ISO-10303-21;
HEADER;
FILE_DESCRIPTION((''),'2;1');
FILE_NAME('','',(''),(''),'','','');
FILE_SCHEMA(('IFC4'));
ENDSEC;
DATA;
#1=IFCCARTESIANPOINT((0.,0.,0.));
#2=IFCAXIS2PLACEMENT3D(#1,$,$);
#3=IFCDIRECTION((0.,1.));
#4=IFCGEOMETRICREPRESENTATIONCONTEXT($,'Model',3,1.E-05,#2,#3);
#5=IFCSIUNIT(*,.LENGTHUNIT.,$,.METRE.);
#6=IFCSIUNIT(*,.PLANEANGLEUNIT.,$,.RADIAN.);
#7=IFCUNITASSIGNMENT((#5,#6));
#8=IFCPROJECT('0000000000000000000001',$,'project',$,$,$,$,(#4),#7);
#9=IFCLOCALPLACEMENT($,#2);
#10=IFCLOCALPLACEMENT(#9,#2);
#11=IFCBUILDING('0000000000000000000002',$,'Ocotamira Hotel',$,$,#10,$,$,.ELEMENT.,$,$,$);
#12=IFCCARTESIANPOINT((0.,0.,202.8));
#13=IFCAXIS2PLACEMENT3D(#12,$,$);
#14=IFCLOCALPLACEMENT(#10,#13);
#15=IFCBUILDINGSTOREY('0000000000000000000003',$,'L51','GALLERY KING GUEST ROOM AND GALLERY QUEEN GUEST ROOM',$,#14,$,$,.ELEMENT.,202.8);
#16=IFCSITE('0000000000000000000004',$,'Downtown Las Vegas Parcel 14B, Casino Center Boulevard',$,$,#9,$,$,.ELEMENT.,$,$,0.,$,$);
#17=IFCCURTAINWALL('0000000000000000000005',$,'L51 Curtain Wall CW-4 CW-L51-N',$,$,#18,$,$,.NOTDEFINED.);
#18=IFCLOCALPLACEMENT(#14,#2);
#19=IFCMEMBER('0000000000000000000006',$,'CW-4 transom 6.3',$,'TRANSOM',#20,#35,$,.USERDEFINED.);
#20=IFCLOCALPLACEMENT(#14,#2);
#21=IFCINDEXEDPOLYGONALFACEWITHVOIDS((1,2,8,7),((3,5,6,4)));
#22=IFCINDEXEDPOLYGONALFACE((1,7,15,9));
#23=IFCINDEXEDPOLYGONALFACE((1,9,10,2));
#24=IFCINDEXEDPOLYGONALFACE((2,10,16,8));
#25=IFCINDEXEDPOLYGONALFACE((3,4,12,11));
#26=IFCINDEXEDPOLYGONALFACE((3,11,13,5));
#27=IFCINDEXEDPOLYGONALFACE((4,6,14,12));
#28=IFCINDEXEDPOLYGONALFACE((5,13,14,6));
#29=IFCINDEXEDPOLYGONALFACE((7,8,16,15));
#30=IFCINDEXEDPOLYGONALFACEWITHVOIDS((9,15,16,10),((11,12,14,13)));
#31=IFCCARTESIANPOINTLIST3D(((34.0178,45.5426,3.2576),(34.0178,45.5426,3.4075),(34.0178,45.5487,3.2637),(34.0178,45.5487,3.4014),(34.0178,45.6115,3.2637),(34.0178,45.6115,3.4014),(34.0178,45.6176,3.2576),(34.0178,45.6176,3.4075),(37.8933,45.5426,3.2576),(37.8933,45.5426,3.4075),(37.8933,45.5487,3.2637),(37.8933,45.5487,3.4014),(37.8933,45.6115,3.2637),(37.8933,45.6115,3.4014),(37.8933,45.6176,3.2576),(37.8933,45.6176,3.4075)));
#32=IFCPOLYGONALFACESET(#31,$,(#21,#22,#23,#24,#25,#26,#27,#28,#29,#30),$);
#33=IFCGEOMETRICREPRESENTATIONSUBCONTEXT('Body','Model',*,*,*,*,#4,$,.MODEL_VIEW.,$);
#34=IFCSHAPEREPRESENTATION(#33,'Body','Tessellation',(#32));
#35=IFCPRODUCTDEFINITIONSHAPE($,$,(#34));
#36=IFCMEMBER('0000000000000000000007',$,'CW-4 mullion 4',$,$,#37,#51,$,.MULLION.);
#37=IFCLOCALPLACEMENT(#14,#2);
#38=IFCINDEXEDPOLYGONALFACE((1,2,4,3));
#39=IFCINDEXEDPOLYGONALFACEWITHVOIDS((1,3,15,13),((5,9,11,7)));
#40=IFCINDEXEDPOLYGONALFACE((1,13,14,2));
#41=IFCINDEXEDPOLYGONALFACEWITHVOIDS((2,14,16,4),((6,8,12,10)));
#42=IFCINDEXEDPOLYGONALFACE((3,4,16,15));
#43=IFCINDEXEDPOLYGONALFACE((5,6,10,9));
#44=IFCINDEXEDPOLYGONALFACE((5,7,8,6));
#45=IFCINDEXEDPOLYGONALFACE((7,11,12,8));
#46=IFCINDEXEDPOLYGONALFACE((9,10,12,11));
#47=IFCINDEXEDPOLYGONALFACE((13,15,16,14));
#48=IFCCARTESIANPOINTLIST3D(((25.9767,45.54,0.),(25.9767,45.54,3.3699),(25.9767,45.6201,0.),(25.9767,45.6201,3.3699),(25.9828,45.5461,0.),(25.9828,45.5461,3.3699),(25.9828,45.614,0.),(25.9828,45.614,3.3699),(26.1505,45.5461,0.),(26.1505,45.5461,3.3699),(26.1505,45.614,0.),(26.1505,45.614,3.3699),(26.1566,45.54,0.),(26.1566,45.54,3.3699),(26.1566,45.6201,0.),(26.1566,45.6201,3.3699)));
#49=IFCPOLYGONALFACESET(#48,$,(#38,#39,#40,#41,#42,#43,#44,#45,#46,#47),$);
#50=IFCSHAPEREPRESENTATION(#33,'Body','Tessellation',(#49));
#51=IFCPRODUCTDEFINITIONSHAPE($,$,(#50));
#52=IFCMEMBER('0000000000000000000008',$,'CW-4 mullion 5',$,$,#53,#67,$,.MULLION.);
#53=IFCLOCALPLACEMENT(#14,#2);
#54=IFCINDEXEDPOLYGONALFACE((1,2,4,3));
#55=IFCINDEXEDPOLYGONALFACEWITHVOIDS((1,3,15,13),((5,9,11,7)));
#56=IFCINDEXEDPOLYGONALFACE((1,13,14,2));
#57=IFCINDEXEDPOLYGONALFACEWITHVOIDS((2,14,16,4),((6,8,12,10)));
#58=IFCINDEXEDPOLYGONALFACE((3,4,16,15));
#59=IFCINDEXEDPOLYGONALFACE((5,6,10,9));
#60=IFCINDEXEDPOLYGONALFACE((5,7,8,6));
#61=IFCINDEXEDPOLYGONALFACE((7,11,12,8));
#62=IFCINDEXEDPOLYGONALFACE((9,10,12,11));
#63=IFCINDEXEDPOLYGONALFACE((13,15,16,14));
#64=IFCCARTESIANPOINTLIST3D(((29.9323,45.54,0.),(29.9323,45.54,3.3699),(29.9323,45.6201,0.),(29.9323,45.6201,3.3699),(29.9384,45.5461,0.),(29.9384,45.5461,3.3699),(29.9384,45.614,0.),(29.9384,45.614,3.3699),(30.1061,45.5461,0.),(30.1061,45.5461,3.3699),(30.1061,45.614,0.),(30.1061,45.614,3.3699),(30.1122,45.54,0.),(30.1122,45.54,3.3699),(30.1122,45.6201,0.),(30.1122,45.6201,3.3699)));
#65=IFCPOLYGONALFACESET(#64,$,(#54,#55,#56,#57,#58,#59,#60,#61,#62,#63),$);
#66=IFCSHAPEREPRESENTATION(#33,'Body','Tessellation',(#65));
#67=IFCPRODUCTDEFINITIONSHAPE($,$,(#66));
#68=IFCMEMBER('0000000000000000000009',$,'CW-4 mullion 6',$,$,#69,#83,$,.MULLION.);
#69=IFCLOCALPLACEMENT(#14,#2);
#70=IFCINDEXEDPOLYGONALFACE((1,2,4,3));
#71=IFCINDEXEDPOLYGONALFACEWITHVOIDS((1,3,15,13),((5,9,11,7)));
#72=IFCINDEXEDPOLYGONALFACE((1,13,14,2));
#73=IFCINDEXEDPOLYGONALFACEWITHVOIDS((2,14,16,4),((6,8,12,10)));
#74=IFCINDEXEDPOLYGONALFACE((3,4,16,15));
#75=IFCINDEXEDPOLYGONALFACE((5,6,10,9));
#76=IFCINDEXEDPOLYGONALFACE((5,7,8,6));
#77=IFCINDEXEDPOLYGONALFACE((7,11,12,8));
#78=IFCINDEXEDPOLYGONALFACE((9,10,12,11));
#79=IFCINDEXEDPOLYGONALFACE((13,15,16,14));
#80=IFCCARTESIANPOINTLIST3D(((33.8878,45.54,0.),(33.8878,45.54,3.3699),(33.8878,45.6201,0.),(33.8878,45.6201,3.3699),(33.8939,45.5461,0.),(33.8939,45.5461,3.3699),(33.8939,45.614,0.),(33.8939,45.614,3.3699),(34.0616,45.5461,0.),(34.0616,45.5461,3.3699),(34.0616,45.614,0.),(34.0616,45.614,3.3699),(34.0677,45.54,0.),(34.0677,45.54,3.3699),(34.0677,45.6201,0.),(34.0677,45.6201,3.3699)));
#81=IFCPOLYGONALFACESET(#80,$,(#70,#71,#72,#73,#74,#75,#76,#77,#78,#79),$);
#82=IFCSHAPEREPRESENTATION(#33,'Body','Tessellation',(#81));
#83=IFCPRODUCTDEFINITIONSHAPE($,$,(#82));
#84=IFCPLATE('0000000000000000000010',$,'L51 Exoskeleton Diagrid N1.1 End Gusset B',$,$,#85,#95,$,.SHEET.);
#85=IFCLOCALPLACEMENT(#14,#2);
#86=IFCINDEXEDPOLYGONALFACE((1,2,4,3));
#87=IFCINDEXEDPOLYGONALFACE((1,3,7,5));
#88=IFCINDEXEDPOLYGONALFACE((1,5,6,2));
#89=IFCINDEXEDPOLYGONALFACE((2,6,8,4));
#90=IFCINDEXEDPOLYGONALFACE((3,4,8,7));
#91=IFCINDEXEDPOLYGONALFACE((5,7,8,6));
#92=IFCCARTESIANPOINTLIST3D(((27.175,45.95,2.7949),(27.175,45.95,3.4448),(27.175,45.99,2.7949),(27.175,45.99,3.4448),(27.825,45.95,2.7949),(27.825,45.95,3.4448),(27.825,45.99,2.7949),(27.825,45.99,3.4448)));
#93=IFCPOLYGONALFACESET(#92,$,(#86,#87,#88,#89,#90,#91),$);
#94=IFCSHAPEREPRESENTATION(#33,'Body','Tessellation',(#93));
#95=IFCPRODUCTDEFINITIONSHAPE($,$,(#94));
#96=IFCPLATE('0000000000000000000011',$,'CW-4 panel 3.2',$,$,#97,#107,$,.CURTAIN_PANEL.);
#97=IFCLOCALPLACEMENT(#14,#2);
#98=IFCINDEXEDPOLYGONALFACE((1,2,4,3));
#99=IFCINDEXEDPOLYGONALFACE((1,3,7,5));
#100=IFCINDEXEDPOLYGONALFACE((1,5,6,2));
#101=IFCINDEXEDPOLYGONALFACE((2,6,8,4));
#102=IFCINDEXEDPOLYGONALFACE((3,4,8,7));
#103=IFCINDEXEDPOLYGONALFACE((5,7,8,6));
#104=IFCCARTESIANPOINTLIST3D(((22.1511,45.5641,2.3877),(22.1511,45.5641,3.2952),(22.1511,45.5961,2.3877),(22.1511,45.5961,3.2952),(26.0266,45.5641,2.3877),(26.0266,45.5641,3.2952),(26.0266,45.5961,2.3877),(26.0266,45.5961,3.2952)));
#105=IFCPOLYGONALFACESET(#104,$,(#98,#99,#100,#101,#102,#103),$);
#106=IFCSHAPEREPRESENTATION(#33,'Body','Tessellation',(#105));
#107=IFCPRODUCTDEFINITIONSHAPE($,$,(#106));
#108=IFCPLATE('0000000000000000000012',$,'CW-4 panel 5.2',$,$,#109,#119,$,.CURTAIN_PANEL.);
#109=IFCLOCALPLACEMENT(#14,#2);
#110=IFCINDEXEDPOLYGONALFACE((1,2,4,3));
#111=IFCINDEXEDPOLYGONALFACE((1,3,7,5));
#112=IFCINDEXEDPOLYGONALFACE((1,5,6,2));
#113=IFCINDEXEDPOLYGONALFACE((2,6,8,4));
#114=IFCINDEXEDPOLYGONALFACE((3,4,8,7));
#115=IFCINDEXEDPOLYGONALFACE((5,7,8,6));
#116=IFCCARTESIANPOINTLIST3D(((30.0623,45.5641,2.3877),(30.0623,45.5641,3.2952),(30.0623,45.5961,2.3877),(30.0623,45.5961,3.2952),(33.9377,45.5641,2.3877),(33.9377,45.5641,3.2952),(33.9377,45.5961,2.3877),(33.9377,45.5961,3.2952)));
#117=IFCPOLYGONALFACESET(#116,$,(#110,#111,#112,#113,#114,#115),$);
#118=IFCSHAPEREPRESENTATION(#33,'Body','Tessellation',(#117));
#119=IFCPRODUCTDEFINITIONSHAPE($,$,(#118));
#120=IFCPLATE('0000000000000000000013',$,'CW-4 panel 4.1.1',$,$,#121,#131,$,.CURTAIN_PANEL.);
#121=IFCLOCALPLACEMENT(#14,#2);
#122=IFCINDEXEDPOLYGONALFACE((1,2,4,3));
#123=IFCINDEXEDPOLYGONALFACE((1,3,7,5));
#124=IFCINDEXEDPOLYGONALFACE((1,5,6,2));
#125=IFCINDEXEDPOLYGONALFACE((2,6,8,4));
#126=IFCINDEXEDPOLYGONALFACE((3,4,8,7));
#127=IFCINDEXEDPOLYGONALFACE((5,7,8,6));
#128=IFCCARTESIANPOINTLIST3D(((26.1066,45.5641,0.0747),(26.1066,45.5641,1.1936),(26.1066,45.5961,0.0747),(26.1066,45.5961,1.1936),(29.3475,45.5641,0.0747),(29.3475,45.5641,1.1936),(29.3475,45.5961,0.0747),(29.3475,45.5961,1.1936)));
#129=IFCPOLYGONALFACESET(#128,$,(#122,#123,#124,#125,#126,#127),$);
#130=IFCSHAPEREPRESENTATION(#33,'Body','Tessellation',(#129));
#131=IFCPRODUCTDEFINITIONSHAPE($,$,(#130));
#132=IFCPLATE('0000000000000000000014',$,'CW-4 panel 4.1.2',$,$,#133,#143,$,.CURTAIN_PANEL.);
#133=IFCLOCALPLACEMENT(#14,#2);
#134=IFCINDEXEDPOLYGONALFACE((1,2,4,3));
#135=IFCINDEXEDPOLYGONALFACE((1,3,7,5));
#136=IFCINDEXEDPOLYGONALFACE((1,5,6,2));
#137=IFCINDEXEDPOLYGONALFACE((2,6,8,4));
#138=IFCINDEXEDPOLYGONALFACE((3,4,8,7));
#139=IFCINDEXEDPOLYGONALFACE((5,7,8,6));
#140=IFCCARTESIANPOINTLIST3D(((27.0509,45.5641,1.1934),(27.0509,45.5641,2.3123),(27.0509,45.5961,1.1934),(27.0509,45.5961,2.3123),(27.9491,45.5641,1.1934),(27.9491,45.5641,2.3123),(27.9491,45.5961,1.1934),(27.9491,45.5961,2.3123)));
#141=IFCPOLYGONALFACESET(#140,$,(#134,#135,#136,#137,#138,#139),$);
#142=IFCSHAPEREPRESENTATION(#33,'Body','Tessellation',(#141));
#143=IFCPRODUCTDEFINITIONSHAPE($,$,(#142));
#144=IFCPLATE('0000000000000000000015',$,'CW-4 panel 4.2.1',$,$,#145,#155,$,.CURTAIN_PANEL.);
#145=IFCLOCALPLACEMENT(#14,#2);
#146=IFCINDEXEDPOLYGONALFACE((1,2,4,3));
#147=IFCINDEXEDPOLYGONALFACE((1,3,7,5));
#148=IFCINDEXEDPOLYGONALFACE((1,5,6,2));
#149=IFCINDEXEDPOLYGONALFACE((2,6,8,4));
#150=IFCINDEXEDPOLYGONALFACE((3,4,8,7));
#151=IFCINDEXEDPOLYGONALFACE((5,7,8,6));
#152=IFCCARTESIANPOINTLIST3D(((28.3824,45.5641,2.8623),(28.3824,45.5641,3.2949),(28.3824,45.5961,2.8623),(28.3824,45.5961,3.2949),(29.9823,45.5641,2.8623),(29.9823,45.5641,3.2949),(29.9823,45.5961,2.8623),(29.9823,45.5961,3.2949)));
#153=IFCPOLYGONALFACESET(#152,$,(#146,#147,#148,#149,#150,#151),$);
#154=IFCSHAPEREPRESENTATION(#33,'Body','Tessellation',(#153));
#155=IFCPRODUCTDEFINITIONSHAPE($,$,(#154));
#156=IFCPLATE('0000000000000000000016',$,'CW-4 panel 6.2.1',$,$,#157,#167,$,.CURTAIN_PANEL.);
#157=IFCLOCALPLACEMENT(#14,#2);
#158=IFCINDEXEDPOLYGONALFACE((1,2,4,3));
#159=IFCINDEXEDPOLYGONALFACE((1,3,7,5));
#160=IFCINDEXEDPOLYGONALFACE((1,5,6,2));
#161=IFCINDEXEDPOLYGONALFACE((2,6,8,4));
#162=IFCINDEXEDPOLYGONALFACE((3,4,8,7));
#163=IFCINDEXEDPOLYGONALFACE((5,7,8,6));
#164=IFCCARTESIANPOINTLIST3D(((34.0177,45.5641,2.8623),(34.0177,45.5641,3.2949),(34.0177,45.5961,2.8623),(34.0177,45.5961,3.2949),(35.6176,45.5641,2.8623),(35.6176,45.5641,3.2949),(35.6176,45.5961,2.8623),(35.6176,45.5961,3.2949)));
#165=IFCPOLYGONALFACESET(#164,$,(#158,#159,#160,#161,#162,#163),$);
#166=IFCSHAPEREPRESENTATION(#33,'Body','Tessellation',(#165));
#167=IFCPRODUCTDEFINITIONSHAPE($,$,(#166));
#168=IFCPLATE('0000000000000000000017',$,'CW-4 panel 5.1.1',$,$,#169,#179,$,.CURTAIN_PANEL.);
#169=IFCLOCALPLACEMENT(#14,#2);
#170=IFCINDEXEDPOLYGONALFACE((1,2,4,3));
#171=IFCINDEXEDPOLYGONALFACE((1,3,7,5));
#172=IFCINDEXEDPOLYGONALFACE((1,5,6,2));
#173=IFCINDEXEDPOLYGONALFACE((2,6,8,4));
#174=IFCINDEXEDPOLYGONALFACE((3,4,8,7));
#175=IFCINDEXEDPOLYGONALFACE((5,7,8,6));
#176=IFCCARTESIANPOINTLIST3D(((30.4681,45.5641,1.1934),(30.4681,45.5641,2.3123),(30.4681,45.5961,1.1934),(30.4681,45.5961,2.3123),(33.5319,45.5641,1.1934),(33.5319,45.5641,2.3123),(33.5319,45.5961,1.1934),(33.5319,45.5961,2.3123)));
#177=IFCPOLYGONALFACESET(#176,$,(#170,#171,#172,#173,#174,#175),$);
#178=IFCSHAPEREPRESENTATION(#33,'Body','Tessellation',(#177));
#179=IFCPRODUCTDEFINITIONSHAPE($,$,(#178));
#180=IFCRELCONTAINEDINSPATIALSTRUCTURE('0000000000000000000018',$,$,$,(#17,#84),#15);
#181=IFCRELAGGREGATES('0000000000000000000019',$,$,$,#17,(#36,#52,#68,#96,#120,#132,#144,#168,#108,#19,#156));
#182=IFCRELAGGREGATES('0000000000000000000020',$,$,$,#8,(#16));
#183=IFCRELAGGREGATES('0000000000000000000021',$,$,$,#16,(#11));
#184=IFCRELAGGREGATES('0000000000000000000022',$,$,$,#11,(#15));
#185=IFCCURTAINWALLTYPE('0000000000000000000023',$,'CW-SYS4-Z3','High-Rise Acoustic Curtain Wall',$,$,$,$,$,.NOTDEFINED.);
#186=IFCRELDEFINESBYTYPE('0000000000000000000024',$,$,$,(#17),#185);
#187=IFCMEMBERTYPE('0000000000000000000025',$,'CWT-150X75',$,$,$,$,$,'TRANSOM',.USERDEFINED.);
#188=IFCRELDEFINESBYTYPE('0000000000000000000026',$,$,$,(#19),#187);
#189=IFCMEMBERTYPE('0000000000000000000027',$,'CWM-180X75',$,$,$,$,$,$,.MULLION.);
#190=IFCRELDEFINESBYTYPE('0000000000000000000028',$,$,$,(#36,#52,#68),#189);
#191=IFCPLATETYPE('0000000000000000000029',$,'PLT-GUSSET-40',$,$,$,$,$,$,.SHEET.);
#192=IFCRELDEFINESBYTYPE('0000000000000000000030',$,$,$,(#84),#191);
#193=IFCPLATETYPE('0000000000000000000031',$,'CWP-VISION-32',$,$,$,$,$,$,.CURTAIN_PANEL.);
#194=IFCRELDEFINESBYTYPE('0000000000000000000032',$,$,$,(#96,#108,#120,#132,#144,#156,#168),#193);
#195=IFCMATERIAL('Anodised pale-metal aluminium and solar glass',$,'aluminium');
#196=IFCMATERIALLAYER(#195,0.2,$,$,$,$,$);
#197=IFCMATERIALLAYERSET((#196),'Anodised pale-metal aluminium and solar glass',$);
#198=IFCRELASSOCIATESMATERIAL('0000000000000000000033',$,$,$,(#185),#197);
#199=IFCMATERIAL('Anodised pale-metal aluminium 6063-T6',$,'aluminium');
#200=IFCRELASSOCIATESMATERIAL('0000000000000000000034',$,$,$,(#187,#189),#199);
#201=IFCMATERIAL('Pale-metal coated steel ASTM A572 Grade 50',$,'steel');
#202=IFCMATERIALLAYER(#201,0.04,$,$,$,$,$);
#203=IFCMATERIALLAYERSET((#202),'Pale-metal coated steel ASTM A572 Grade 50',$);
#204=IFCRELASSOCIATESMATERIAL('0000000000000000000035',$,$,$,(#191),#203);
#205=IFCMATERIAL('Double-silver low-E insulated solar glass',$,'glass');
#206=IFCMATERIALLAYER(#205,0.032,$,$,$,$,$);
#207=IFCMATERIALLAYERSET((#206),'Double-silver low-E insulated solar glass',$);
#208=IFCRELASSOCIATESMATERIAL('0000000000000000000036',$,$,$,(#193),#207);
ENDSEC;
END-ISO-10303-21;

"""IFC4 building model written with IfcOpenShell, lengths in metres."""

from ifc_helpers import new_model, si_unit, direction, frame, origin, origin_2d, place, context, subcontext, project, spatial, rectangle, hollow_rectangle, extrude, source, transform, mapped, material, layer, layer_set, material_profile, profile_set, type_object, element, aggregate, save


model = new_model("IFC4")

# Units and contexts
model_context = context("Model", 3, precision=1e-05, world=origin(), true_north=direction((0.0, 1.0)))
body_context = subcontext(model_context, "Body", "Model", "MODEL_VIEW")
ifc_project = project(units=[si_unit("LENGTHUNIT", "METRE"), si_unit("PLANEANGLEUNIT", "RADIAN")], contexts=[model_context])

# Site, building, storey
site_placement = place(None, origin())
site = spatial("IfcSite", under=ifc_project, at=site_placement, Name="Downtown Las Vegas Parcel 14B, Casino Center Boulevard", CompositionType="ELEMENT", RefElevation=0.0)
building_placement = place(site_placement, origin())
building = spatial("IfcBuilding", under=site, at=building_placement, Name="Ocotamira Hotel", CompositionType="ELEMENT")
storey_placement = place(building_placement, frame((0.0, 0.0, 202.8)))
storey = spatial("IfcBuildingStorey", under=building, at=storey_placement, Name="L51", Description="GALLERY KING GUEST ROOM AND GALLERY QUEEN GUEST ROOM", CompositionType="ELEMENT", Elevation=202.8)

# Curtain wall, members
ifc_material_1 = material(Name="Anodised pale-metal aluminium and solar glass", Category="aluminium")
ifc_layer_1 = layer(ifc_material_1, 0.2)
ifc_layer_set_1 = layer_set([ifc_layer_1], Name="Anodised pale-metal aluminium and solar glass")
curtain_wall_type = type_object("IfcCurtainWallType", Name="CW-SYS4-Z3", Description="High-Rise Acoustic Curtain Wall", PredefinedType="NOTDEFINED", material=ifc_layer_set_1)
curtain_wall_placement = place(storey_placement, origin())
curtain_wall = element("IfcCurtainWall", 1, at=curtain_wall_placement, inside=storey, type_object=curtain_wall_type, Name="L51 Curtain Wall CW-4 CW-L51-N", PredefinedType="NOTDEFINED")
ifc_material_2 = material(Name="Anodised pale-metal aluminium 6063-T6", Category="aluminium")
ifc_material_profile_1 = material_profile(ifc_material_2, hollow_rectangle(XDim=0.075, YDim=0.1499, WallThickness=0.0061, at=origin_2d()), Name="HSS150X75X6")
ifc_profile_set_1 = profile_set([ifc_material_profile_1], Name="Anodised pale-metal aluminium 6063-T6")
member_type_1 = type_object("IfcMemberType", Name="CWT-150X75", ElementType="TRANSOM", PredefinedType="USERDEFINED", material=ifc_profile_set_1)
shared_shape_1 = source(origin(), body_context, "Body", "SweptSolid", [
    extrude(hollow_rectangle(XDim=0.075, YDim=0.1499, WallThickness=0.0061, at=origin_2d()), origin(), (0.0, 0.0, 1.0), 3.8755),
])
member_1_placement = place(storey_placement, frame((34.0178, 45.5801, 3.3325), z_axis=(1.0, 0.0, 0.0), x_axis=(0.0, 1.0, 0.0)))
member_1 = element("IfcMember", 2, at=member_1_placement, type_object=member_type_1, Name="CW-4 transom 6.3", ObjectType="TRANSOM", PredefinedType="USERDEFINED", context=body_context, shape_type="MappedRepresentation", body=[
    mapped(shared_shape_1, transform((0.0, 0.0, 0.0), scale=1.0)),
])
ifc_material_profile_2 = material_profile(ifc_material_2, hollow_rectangle(XDim=0.0801, YDim=0.1799, WallThickness=0.0061, at=origin_2d()), Name="HSS180X80X6")
ifc_profile_set_2 = profile_set([ifc_material_profile_2], Name="Anodised pale-metal aluminium 6063-T6")
member_type_2 = type_object("IfcMemberType", Name="CWM-180X75", PredefinedType="MULLION", material=ifc_profile_set_2)
shared_shape_2 = source(origin(), body_context, "Body", "SweptSolid", [
    extrude(hollow_rectangle(XDim=0.0801, YDim=0.1799, WallThickness=0.0061, at=origin_2d()), origin(), (0.0, 0.0, 1.0), 3.3699),
])
member_2_placement = place(storey_placement, frame((26.0667, 45.5801, 0.0), z_axis=(0.0, 0.0, 1.0), x_axis=(0.0, 1.0, 0.0)))
member_2 = element("IfcMember", 3, at=member_2_placement, type_object=member_type_2, Name="CW-4 mullion 4", PredefinedType="MULLION", context=body_context, shape_type="MappedRepresentation", body=[
    mapped(shared_shape_2, transform((0.0, 0.0, 0.0), scale=1.0)),
])
member_3_placement = place(storey_placement, frame((30.0222, 45.5801, 0.0), z_axis=(0.0, 0.0, 1.0), x_axis=(0.0, 1.0, 0.0)))
member_3 = element("IfcMember", 4, at=member_3_placement, type_object=member_type_2, Name="CW-4 mullion 5", PredefinedType="MULLION", context=body_context, shape_type="MappedRepresentation", body=[
    mapped(shared_shape_2, transform((0.0, 0.0, 0.0), scale=1.0)),
])
member_4_placement = place(storey_placement, frame((33.9778, 45.5801, 0.0), z_axis=(0.0, 0.0, 1.0), x_axis=(0.0, 1.0, 0.0)))
member_4 = element("IfcMember", 5, at=member_4_placement, type_object=member_type_2, Name="CW-4 mullion 6", PredefinedType="MULLION", context=body_context, shape_type="MappedRepresentation", body=[
    mapped(shared_shape_2, transform((0.0, 0.0, 0.0), scale=1.0)),
])

# Plates
ifc_material_3 = material(Name="Pale-metal coated steel ASTM A572 Grade 50", Category="steel")
ifc_layer_2 = layer(ifc_material_3, 0.04)
ifc_layer_set_2 = layer_set([ifc_layer_2], Name="Pale-metal coated steel ASTM A572 Grade 50")
plate_type_1 = type_object("IfcPlateType", Name="PLT-GUSSET-40", PredefinedType="SHEET", material=ifc_layer_set_2)
shared_shape_3 = source(origin(), body_context, "Body", "SweptSolid", [
    extrude(rectangle(XDim=0.6499, YDim=0.04, at=origin_2d()), origin(), (0.0, 0.0, 1.0), 0.6499),
])
plate_1_placement = place(storey_placement, frame((27.5, 45.97, 2.7949), z_axis=(0.0, 0.0, 1.0), x_axis=(1.0, 0.0, 0.0)))
element("IfcPlate", 6, at=plate_1_placement, inside=storey, type_object=plate_type_1, Name="L51 Exoskeleton Diagrid N1.1 End Gusset B", PredefinedType="SHEET", context=body_context, shape_type="MappedRepresentation", body=[
    mapped(shared_shape_3, transform((0.0, 0.0, 0.0), scale=1.0)),
])
ifc_material_4 = material(Name="Double-silver low-E insulated solar glass", Category="glass")
ifc_layer_3 = layer(ifc_material_4, 0.032)
ifc_layer_set_3 = layer_set([ifc_layer_3], Name="Double-silver low-E insulated solar glass")
plate_type_2 = type_object("IfcPlateType", Name="CWP-VISION-32", PredefinedType="CURTAIN_PANEL", material=ifc_layer_set_3)
shared_shape_4 = source(origin(), body_context, "Body", "SweptSolid", [
    extrude(rectangle(XDim=3.8755, YDim=0.032, at=origin_2d()), origin(), (0.0, 0.0, 1.0), 0.9075),
])
plate_2_placement = place(storey_placement, frame((24.0889, 45.5801, 2.3877), z_axis=(0.0, 0.0, 1.0), x_axis=(1.0, 0.0, 0.0)))
plate_2 = element("IfcPlate", 7, at=plate_2_placement, type_object=plate_type_2, Name="CW-4 panel 3.2", PredefinedType="CURTAIN_PANEL", context=body_context, shape_type="MappedRepresentation", body=[
    mapped(shared_shape_4, transform((0.0, 0.0, 0.0), scale=1.0)),
])
plate_3_placement = place(storey_placement, frame((32.0, 45.5801, 2.3877), z_axis=(0.0, 0.0, 1.0), x_axis=(1.0, 0.0, 0.0)))
plate_3 = element("IfcPlate", 8, at=plate_3_placement, type_object=plate_type_2, Name="CW-4 panel 5.2", PredefinedType="CURTAIN_PANEL", context=body_context, shape_type="MappedRepresentation", body=[
    mapped(shared_shape_4, transform((0.0, 0.0, 0.0), scale=1.0)),
])
shared_shape_5 = source(origin(), body_context, "Body", "SweptSolid", [
    extrude(rectangle(XDim=3.241, YDim=0.032, at=origin_2d()), origin(), (0.0, 0.0, 1.0), 1.1189),
])
plate_4_placement = place(storey_placement, frame((27.7271, 45.5801, 0.0747), z_axis=(0.0, 0.0, 1.0), x_axis=(1.0, 0.0, 0.0)))
plate_4 = element("IfcPlate", 9, at=plate_4_placement, type_object=plate_type_2, Name="CW-4 panel 4.1.1", PredefinedType="CURTAIN_PANEL", context=body_context, shape_type="MappedRepresentation", body=[
    mapped(shared_shape_5, transform((0.0, 0.0, 0.0), scale=1.0)),
])
shared_shape_6 = source(origin(), body_context, "Body", "SweptSolid", [
    extrude(rectangle(XDim=0.8982, YDim=0.032, at=origin_2d()), origin(), (0.0, 0.0, 1.0), 1.1189),
])
plate_5_placement = place(storey_placement, frame((27.5, 45.5801, 1.1934), z_axis=(0.0, 0.0, 1.0), x_axis=(1.0, 0.0, 0.0)))
plate_5 = element("IfcPlate", 10, at=plate_5_placement, type_object=plate_type_2, Name="CW-4 panel 4.1.2", PredefinedType="CURTAIN_PANEL", context=body_context, shape_type="MappedRepresentation", body=[
    mapped(shared_shape_6, transform((0.0, 0.0, 0.0), scale=1.0)),
])
shared_shape_7 = source(origin(), body_context, "Body", "SweptSolid", [
    extrude(rectangle(XDim=1.5999, YDim=0.032, at=origin_2d()), origin(), (0.0, 0.0, 1.0), 0.4326),
])
plate_6_placement = place(storey_placement, frame((29.1824, 45.5801, 2.8623), z_axis=(0.0, 0.0, 1.0), x_axis=(1.0, 0.0, 0.0)))
plate_6 = element("IfcPlate", 11, at=plate_6_placement, type_object=plate_type_2, Name="CW-4 panel 4.2.1", PredefinedType="CURTAIN_PANEL", context=body_context, shape_type="MappedRepresentation", body=[
    mapped(shared_shape_7, transform((0.0, 0.0, 0.0), scale=1.0)),
])
plate_7_placement = place(storey_placement, frame((34.8176, 45.5801, 2.8623), z_axis=(0.0, 0.0, 1.0), x_axis=(1.0, 0.0, 0.0)))
plate_7 = element("IfcPlate", 12, at=plate_7_placement, type_object=plate_type_2, Name="CW-4 panel 6.2.1", PredefinedType="CURTAIN_PANEL", context=body_context, shape_type="MappedRepresentation", body=[
    mapped(shared_shape_7, transform((0.0, 0.0, 0.0), scale=1.0)),
])
shared_shape_8 = source(origin(), body_context, "Body", "SweptSolid", [
    extrude(rectangle(XDim=3.0637, YDim=0.032, at=origin_2d()), origin(), (0.0, 0.0, 1.0), 1.1189),
])
plate_8_placement = place(storey_placement, frame((32.0, 45.5801, 1.1934), z_axis=(0.0, 0.0, 1.0), x_axis=(1.0, 0.0, 0.0)))
plate_8 = element("IfcPlate", 13, at=plate_8_placement, type_object=plate_type_2, Name="CW-4 panel 5.1.1", PredefinedType="CURTAIN_PANEL", context=body_context, shape_type="MappedRepresentation", body=[
    mapped(shared_shape_8, transform((0.0, 0.0, 0.0), scale=1.0)),
])
aggregate(curtain_wall, [member_2, member_3, member_4, plate_2, plate_4, plate_5, plate_6, plate_8, plate_3, member_1, plate_7])

save(model, "model.ifc")
